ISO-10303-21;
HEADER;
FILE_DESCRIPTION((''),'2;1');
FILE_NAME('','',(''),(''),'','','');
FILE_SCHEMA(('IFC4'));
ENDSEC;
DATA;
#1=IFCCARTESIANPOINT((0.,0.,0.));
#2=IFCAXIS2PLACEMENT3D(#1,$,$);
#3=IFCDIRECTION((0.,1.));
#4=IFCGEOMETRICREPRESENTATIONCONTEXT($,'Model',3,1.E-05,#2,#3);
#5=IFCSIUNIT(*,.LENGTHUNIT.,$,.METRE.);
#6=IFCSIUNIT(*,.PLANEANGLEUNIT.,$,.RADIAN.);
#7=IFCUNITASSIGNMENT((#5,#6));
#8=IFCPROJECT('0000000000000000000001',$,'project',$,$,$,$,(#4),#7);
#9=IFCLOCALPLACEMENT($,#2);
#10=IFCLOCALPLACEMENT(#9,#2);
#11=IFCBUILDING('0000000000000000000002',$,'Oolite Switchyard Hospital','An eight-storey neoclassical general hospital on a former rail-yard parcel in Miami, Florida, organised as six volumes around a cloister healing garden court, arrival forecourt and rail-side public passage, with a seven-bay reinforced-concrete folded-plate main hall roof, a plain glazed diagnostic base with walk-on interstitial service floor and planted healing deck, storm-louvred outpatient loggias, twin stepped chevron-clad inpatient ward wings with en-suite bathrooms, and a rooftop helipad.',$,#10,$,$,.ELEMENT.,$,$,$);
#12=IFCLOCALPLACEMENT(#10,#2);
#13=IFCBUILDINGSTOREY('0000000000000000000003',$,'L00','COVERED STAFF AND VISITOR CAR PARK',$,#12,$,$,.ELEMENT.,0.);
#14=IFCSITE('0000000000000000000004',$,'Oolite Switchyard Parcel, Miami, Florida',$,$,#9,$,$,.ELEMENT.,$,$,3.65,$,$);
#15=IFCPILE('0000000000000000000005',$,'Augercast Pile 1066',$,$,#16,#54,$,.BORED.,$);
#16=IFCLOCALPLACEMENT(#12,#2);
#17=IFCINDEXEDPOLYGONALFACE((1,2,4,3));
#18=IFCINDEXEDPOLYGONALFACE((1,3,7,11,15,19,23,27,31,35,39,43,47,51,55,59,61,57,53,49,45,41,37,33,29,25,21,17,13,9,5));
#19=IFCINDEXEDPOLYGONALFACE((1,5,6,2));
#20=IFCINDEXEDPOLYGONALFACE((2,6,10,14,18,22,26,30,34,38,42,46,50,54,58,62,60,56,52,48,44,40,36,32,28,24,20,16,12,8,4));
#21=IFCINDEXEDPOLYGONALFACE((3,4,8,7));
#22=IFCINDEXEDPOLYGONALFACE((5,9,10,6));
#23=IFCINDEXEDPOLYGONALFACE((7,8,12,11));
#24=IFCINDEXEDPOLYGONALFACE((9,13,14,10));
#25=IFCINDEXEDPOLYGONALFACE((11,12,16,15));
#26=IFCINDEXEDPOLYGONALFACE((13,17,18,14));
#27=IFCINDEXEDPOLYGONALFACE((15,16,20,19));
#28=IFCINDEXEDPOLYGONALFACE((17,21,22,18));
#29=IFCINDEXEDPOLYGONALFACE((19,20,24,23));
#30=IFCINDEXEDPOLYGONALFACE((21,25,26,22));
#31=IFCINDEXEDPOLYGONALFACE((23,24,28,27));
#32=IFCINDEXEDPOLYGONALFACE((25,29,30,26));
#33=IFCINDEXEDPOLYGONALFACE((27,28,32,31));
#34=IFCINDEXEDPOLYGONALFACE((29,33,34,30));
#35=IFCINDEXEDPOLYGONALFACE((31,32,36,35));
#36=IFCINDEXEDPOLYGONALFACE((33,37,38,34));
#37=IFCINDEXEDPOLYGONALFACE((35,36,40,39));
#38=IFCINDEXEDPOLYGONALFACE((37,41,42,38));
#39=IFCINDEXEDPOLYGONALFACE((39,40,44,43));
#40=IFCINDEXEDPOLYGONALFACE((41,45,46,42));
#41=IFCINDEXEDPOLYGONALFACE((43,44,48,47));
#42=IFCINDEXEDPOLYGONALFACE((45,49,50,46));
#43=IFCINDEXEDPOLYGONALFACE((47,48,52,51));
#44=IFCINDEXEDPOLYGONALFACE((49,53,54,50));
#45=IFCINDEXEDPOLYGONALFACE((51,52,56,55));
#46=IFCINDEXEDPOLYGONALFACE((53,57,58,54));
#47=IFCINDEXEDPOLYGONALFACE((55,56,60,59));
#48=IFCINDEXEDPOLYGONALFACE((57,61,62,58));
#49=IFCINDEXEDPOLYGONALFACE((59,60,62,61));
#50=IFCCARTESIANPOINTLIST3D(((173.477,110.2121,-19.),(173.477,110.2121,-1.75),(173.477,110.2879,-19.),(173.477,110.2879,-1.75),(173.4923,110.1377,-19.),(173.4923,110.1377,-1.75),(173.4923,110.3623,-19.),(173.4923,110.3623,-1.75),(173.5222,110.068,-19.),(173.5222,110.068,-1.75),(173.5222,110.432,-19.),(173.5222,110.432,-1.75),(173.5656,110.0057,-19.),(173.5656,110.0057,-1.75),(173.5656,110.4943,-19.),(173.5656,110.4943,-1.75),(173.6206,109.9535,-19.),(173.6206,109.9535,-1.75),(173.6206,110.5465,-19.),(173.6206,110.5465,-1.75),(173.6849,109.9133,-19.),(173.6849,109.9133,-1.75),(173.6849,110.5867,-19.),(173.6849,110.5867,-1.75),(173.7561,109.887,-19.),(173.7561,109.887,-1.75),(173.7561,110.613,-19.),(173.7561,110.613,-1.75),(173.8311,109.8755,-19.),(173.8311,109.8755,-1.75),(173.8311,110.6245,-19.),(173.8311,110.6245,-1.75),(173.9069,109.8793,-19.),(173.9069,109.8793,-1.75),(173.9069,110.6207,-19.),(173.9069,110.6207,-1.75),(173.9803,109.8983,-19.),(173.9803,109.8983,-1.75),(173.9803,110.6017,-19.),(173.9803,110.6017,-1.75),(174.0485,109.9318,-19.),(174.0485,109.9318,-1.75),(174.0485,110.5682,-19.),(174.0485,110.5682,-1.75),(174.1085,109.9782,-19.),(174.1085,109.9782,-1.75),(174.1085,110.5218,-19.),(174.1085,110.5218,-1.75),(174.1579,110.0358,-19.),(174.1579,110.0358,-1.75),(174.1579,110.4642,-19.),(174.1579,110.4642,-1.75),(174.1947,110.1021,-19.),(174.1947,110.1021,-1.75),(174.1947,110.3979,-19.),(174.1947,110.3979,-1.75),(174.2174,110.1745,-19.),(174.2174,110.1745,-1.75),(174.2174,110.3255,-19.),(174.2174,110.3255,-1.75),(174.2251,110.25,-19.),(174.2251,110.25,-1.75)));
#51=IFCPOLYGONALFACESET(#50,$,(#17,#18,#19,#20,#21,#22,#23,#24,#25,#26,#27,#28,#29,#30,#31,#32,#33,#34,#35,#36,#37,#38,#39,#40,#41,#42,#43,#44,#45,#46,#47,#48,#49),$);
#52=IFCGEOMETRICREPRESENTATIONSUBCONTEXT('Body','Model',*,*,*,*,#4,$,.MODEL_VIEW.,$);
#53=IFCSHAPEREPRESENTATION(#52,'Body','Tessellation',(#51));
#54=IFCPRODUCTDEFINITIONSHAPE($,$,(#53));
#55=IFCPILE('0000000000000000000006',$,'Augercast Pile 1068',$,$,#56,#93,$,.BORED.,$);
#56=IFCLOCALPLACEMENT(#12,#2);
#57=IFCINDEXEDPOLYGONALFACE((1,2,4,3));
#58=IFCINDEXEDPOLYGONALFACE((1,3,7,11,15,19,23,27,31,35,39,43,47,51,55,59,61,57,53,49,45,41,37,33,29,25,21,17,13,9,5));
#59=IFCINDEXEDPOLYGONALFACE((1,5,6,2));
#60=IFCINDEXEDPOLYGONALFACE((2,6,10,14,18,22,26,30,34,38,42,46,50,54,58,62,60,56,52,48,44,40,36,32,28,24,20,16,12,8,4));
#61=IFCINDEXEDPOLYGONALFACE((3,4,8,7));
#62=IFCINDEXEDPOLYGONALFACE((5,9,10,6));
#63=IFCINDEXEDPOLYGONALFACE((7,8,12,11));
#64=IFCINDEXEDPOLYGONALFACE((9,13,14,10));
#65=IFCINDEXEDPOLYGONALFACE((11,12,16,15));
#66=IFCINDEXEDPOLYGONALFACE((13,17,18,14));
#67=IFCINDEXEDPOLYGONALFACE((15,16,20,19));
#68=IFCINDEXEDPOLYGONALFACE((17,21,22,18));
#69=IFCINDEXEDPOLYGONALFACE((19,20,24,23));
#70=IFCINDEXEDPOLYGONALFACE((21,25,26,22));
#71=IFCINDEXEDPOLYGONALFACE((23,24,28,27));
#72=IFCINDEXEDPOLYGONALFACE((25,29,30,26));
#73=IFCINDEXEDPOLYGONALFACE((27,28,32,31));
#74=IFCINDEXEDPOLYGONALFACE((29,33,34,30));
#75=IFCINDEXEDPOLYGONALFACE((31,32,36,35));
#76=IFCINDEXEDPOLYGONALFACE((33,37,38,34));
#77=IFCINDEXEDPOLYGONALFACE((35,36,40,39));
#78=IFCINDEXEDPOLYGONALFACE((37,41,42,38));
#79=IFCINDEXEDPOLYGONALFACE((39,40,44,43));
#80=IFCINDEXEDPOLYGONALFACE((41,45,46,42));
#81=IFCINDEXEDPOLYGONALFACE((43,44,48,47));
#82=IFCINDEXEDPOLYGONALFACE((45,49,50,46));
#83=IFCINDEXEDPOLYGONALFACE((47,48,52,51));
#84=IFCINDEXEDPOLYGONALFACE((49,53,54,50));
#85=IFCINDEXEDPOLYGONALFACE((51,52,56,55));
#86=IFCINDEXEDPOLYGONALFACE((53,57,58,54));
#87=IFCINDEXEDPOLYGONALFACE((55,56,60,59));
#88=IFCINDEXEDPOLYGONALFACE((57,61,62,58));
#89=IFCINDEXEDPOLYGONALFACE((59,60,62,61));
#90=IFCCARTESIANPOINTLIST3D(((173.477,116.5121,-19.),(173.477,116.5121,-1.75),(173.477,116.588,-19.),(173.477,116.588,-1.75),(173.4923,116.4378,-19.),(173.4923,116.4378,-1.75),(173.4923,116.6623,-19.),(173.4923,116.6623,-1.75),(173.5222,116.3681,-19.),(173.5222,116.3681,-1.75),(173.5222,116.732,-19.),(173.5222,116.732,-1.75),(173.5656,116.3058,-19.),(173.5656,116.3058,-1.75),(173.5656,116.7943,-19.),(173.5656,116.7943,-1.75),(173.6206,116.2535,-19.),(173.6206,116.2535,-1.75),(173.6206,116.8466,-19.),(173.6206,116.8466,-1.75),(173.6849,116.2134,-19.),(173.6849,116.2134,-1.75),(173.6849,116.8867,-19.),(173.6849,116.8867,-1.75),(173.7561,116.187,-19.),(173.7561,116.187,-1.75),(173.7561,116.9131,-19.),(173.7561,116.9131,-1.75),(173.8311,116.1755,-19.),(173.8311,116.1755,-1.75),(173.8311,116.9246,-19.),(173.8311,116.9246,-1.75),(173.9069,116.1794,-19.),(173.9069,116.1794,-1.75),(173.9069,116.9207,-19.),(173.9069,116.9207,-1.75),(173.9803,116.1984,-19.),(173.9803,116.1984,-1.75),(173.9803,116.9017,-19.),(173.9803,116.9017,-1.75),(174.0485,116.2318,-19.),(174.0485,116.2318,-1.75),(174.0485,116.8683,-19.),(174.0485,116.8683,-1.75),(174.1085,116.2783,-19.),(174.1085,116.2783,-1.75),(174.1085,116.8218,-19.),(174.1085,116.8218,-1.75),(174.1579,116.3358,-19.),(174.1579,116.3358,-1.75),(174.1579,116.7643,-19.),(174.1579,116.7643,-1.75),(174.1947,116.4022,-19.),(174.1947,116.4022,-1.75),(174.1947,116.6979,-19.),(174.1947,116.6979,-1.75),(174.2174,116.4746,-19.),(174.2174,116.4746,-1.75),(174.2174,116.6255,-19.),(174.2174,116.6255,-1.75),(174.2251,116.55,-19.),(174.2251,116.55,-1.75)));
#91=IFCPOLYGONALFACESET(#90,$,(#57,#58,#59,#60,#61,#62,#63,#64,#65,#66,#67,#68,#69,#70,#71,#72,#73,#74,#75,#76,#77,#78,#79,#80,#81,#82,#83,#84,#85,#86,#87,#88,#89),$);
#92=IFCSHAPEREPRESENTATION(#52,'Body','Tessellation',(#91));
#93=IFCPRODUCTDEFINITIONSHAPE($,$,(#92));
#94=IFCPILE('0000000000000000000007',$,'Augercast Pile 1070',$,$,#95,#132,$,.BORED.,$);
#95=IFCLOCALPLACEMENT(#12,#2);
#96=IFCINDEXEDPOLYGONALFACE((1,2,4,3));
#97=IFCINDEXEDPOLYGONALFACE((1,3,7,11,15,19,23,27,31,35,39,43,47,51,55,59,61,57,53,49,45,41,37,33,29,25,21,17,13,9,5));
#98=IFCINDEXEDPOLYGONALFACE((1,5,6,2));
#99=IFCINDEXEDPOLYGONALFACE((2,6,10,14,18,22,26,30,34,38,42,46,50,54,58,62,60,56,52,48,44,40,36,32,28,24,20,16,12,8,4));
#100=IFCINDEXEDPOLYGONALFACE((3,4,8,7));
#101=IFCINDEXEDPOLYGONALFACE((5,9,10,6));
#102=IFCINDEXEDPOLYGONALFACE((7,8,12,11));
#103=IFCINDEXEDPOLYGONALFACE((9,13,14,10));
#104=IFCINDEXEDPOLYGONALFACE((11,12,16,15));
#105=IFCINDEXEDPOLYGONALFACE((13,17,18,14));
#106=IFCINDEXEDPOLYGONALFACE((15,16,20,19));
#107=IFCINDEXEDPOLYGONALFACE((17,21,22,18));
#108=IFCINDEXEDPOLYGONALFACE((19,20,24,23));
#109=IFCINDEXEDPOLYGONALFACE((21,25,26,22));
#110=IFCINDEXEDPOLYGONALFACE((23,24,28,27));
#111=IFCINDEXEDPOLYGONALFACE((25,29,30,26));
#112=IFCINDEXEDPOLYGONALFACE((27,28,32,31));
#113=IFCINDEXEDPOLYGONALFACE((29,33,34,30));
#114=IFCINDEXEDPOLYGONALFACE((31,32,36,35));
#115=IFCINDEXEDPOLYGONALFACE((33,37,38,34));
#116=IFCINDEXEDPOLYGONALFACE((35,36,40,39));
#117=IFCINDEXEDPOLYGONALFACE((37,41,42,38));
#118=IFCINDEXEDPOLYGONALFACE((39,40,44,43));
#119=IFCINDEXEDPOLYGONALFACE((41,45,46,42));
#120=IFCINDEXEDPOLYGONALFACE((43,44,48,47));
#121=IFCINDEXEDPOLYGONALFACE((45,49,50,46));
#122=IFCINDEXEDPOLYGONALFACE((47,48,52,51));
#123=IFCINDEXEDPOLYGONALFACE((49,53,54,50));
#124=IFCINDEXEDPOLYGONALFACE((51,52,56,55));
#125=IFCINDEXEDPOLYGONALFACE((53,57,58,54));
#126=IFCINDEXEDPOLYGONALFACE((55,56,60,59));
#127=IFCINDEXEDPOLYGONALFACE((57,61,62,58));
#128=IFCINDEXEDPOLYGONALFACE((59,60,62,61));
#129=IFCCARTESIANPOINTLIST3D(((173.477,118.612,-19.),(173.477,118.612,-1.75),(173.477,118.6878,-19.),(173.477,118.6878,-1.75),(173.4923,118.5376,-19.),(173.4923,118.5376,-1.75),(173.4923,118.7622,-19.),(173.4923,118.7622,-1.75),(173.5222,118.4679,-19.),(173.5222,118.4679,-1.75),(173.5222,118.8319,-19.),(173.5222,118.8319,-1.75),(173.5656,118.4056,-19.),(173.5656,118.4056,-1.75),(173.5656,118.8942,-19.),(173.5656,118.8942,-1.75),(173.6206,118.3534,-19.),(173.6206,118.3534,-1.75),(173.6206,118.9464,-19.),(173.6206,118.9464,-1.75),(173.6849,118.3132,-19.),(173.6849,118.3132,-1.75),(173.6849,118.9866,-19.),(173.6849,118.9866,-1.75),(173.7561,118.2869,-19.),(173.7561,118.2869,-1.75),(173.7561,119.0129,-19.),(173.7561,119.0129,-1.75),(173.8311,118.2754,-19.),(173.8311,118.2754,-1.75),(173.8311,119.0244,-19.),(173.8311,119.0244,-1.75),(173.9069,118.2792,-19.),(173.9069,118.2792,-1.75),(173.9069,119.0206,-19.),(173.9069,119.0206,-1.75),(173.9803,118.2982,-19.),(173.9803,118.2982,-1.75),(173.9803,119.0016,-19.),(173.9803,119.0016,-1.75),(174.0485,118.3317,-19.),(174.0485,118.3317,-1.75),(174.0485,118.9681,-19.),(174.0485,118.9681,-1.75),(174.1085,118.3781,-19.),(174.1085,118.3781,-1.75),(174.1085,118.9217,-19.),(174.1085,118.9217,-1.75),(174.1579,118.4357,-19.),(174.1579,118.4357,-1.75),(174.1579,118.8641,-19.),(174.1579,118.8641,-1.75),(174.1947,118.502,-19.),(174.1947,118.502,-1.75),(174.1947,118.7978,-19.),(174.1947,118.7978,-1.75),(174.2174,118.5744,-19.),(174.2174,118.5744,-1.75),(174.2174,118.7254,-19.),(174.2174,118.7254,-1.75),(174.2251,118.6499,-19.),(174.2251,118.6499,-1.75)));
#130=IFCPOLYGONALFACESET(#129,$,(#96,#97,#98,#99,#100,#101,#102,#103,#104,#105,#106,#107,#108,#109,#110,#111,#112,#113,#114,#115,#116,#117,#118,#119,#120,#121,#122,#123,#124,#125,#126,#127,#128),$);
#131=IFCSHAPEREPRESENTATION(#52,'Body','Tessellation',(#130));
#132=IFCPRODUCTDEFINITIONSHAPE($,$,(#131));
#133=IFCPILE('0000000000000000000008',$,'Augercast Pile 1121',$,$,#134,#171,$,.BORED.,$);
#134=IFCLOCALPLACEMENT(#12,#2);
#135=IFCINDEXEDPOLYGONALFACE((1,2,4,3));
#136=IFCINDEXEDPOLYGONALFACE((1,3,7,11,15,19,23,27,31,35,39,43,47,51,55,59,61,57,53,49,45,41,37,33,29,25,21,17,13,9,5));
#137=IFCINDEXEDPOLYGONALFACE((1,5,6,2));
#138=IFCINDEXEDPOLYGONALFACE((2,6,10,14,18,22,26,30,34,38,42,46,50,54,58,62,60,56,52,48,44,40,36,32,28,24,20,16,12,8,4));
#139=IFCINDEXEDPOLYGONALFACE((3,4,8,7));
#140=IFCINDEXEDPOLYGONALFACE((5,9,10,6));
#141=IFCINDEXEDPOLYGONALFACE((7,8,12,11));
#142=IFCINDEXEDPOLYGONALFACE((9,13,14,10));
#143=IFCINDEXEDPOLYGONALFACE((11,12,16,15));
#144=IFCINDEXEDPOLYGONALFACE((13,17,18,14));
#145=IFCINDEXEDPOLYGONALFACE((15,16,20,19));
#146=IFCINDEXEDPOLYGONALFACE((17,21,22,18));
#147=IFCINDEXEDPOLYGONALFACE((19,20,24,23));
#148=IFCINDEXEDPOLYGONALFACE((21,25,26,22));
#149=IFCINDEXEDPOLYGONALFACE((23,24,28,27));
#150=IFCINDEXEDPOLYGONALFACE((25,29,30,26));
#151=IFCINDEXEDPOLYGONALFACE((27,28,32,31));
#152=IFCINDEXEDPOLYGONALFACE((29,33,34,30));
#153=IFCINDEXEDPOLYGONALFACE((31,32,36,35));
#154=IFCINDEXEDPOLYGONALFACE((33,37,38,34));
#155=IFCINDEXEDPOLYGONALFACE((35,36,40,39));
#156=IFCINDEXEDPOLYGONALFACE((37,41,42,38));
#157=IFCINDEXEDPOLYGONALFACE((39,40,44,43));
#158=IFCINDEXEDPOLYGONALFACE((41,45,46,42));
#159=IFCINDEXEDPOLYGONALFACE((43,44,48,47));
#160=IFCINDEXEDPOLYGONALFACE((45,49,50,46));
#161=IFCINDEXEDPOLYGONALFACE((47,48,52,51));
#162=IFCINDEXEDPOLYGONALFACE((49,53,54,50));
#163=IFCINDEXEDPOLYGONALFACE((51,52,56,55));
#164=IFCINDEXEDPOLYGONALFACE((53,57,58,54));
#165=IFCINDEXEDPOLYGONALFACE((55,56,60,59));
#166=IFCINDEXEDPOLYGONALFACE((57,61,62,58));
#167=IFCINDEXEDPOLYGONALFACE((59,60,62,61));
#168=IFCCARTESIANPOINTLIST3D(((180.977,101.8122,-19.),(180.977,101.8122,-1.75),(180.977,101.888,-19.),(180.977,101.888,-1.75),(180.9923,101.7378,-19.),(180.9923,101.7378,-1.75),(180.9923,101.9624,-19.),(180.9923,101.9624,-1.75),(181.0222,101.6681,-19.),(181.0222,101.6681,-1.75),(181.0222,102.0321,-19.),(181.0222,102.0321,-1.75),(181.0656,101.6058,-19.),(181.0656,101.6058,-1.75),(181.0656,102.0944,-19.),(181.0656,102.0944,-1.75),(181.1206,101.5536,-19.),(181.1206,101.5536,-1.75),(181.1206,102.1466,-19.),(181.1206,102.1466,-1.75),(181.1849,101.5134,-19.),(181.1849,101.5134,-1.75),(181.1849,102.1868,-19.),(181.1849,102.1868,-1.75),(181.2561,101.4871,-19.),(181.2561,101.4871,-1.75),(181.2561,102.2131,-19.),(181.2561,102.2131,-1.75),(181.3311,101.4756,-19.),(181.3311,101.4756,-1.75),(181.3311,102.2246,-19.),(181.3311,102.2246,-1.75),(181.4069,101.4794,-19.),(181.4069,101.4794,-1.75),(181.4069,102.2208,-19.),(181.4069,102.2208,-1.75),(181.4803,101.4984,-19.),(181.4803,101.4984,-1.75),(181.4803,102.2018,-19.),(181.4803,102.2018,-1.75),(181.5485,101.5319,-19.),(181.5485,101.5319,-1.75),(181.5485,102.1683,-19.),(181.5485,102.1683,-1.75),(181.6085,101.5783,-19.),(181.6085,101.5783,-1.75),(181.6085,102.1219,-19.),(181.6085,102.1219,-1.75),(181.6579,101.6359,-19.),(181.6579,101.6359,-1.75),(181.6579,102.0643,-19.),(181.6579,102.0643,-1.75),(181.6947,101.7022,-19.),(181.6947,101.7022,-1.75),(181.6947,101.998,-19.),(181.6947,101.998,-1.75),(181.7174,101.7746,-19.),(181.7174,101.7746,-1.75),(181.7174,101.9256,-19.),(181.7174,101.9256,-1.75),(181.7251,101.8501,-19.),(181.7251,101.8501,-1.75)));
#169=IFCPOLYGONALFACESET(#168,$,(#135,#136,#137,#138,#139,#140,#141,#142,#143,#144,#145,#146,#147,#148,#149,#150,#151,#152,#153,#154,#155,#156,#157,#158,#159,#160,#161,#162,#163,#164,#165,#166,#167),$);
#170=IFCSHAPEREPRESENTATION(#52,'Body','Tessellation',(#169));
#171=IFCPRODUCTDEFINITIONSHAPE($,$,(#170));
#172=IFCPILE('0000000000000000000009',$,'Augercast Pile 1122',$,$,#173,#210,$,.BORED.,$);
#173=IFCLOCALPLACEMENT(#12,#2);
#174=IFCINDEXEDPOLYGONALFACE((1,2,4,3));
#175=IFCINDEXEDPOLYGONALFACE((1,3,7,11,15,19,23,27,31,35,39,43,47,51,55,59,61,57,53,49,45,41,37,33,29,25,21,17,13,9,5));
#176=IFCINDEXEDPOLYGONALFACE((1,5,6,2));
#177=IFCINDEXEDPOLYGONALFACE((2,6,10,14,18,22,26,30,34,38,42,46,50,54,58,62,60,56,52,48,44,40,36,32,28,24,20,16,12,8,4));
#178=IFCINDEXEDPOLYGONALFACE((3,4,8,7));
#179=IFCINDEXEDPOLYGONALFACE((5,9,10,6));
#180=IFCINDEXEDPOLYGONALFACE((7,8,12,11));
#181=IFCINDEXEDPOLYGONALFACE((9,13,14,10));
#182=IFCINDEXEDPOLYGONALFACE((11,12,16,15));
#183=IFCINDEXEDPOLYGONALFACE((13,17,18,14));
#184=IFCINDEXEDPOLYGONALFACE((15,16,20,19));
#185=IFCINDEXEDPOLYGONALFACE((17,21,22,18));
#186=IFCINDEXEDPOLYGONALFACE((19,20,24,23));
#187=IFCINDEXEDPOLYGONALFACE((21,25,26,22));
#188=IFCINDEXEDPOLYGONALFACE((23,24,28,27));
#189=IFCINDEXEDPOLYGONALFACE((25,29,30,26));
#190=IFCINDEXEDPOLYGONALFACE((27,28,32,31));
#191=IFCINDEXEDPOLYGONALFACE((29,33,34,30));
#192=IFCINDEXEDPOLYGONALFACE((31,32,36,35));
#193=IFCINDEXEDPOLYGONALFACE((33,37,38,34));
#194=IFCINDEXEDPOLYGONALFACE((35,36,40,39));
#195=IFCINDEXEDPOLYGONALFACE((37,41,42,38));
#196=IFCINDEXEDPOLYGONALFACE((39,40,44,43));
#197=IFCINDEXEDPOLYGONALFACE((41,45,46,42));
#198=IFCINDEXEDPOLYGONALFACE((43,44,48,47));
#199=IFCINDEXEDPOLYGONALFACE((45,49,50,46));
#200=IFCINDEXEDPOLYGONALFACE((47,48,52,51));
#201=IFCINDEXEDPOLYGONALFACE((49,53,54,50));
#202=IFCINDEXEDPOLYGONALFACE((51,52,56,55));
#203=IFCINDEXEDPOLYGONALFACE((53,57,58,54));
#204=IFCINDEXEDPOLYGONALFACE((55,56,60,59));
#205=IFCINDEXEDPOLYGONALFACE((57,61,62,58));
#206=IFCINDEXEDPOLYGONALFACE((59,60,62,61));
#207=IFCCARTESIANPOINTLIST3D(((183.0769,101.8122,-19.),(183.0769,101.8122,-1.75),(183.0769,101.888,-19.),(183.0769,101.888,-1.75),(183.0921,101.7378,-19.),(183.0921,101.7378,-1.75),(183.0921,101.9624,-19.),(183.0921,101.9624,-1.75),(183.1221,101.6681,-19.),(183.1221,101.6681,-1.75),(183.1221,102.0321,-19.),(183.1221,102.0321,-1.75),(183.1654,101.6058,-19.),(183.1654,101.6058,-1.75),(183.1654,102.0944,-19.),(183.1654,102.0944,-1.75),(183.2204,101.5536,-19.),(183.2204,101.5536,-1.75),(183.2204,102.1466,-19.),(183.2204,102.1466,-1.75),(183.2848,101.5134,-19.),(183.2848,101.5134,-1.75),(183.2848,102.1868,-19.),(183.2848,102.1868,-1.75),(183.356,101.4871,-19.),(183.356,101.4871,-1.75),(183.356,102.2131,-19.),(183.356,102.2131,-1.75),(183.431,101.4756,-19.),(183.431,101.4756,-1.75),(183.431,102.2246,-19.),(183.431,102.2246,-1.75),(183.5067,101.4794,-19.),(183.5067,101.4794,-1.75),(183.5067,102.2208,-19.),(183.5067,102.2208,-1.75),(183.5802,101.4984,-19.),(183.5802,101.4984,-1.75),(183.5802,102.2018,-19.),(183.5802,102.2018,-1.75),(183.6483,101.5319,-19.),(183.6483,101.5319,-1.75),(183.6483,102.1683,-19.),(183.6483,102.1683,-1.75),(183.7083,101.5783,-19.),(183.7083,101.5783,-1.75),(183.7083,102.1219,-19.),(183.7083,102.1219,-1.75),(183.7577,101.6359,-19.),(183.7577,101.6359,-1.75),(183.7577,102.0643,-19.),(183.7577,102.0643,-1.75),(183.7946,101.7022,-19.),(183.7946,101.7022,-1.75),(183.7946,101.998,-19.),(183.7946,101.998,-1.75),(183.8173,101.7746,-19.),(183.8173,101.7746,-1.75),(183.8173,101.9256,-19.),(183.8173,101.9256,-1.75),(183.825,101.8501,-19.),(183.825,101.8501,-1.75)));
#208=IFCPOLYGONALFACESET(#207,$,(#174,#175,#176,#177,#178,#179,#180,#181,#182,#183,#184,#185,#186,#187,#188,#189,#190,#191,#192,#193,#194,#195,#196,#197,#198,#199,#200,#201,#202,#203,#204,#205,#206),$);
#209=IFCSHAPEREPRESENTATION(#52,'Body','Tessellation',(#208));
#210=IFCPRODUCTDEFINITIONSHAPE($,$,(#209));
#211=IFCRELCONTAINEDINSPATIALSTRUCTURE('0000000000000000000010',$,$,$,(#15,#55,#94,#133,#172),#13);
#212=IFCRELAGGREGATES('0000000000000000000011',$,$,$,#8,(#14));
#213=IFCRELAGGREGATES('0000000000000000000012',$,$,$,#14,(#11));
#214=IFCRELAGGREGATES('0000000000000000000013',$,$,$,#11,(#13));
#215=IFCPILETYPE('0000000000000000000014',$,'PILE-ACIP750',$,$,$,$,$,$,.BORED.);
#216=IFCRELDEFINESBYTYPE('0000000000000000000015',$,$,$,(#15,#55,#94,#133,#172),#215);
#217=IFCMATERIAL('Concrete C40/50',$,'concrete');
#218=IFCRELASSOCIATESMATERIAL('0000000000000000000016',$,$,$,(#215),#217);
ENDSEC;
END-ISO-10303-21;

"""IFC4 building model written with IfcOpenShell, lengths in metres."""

from ifc_helpers import new_model, si_unit, direction, frame, origin, origin_2d, place, context, subcontext, project, spatial, circle, extrude, material, material_profile, profile_set, type_object, element, save


model = new_model("IFC4")

# Units and contexts
model_context = context("Model", 3, precision=1e-05, world=origin(), true_north=direction((0.0, 1.0)))
body_context = subcontext(model_context, "Body", "Model", "MODEL_VIEW")
ifc_project = project(units=[si_unit("LENGTHUNIT", "METRE"), si_unit("PLANEANGLEUNIT", "RADIAN")], contexts=[model_context])

# Site, building, storey
site_placement = place(None, origin())
site = spatial("IfcSite", under=ifc_project, at=site_placement, Name="Oolite Switchyard Parcel, Miami, Florida", CompositionType="ELEMENT", RefElevation=3.65)
building_placement = place(site_placement, origin())
building = spatial("IfcBuilding", under=site, at=building_placement, Name="Oolite Switchyard Hospital", Description="An eight-storey neoclassical general hospital on a former rail-yard parcel in Miami, Florida, organised as six volumes around a cloister healing garden court, arrival forecourt and rail-side public passage, with a seven-bay reinforced-concrete folded-plate main hall roof, a plain glazed diagnostic base with walk-on interstitial service floor and planted healing deck, storm-louvred outpatient loggias, twin stepped chevron-clad inpatient ward wings with en-suite bathrooms, and a rooftop helipad.", CompositionType="ELEMENT")
storey_placement = place(building_placement, origin())
storey = spatial("IfcBuildingStorey", under=building, at=storey_placement, Name="L00", Description="COVERED STAFF AND VISITOR CAR PARK", CompositionType="ELEMENT", Elevation=0.0)

# Shared definitions
ifc_material_1 = material(Name="Concrete C40/50", Category="concrete")

# Piles
ifc_material_profile_1 = material_profile(ifc_material_1, circle(Radius=0.375, at=origin_2d()), Name="PILE750")
ifc_profile_set_1 = profile_set([ifc_material_profile_1], Name="Concrete C40/50")
pile_type = type_object("IfcPileType", Name="PILE-ACIP750", PredefinedType="BORED", material=ifc_profile_set_1)
for number, where, z_axis, x_axis, name in (
    (1, (173.8501, 110.25, -1.75), (0.0, 0.0, -1.0), (1.0, 0.0, 0.0), "Augercast Pile 1066"),
    (2, (173.8501, 116.55, -1.75), (0.0, 0.0, -1.0), (1.0, 0.0, 0.0), "Augercast Pile 1068"),
    (3, (173.8501, 118.6499, -1.75), (0.0, 0.0, -1.0), (1.0, 0.0, 0.0), "Augercast Pile 1070"),
    (4, (181.3501, 101.8501, -1.75), (0.0, 0.0, -1.0), (1.0, 0.0, 0.0), "Augercast Pile 1121"),
    (5, (183.45, 101.8501, -1.75), (0.0, 0.0, -1.0), (1.0, 0.0, 0.0), "Augercast Pile 1122"),
):
    element("IfcPile", number, at=place(storey_placement, frame(where, z_axis=z_axis, x_axis=x_axis)), inside=storey, type_object=pile_type, Name=name, PredefinedType="BORED", context=body_context, shape_type="SweptSolid", body=[
        extrude(circle(Radius=0.375, at=origin_2d()), origin(), (0.0, 0.0, 1.0), 17.25),
    ])

save(model, "model.ifc")
